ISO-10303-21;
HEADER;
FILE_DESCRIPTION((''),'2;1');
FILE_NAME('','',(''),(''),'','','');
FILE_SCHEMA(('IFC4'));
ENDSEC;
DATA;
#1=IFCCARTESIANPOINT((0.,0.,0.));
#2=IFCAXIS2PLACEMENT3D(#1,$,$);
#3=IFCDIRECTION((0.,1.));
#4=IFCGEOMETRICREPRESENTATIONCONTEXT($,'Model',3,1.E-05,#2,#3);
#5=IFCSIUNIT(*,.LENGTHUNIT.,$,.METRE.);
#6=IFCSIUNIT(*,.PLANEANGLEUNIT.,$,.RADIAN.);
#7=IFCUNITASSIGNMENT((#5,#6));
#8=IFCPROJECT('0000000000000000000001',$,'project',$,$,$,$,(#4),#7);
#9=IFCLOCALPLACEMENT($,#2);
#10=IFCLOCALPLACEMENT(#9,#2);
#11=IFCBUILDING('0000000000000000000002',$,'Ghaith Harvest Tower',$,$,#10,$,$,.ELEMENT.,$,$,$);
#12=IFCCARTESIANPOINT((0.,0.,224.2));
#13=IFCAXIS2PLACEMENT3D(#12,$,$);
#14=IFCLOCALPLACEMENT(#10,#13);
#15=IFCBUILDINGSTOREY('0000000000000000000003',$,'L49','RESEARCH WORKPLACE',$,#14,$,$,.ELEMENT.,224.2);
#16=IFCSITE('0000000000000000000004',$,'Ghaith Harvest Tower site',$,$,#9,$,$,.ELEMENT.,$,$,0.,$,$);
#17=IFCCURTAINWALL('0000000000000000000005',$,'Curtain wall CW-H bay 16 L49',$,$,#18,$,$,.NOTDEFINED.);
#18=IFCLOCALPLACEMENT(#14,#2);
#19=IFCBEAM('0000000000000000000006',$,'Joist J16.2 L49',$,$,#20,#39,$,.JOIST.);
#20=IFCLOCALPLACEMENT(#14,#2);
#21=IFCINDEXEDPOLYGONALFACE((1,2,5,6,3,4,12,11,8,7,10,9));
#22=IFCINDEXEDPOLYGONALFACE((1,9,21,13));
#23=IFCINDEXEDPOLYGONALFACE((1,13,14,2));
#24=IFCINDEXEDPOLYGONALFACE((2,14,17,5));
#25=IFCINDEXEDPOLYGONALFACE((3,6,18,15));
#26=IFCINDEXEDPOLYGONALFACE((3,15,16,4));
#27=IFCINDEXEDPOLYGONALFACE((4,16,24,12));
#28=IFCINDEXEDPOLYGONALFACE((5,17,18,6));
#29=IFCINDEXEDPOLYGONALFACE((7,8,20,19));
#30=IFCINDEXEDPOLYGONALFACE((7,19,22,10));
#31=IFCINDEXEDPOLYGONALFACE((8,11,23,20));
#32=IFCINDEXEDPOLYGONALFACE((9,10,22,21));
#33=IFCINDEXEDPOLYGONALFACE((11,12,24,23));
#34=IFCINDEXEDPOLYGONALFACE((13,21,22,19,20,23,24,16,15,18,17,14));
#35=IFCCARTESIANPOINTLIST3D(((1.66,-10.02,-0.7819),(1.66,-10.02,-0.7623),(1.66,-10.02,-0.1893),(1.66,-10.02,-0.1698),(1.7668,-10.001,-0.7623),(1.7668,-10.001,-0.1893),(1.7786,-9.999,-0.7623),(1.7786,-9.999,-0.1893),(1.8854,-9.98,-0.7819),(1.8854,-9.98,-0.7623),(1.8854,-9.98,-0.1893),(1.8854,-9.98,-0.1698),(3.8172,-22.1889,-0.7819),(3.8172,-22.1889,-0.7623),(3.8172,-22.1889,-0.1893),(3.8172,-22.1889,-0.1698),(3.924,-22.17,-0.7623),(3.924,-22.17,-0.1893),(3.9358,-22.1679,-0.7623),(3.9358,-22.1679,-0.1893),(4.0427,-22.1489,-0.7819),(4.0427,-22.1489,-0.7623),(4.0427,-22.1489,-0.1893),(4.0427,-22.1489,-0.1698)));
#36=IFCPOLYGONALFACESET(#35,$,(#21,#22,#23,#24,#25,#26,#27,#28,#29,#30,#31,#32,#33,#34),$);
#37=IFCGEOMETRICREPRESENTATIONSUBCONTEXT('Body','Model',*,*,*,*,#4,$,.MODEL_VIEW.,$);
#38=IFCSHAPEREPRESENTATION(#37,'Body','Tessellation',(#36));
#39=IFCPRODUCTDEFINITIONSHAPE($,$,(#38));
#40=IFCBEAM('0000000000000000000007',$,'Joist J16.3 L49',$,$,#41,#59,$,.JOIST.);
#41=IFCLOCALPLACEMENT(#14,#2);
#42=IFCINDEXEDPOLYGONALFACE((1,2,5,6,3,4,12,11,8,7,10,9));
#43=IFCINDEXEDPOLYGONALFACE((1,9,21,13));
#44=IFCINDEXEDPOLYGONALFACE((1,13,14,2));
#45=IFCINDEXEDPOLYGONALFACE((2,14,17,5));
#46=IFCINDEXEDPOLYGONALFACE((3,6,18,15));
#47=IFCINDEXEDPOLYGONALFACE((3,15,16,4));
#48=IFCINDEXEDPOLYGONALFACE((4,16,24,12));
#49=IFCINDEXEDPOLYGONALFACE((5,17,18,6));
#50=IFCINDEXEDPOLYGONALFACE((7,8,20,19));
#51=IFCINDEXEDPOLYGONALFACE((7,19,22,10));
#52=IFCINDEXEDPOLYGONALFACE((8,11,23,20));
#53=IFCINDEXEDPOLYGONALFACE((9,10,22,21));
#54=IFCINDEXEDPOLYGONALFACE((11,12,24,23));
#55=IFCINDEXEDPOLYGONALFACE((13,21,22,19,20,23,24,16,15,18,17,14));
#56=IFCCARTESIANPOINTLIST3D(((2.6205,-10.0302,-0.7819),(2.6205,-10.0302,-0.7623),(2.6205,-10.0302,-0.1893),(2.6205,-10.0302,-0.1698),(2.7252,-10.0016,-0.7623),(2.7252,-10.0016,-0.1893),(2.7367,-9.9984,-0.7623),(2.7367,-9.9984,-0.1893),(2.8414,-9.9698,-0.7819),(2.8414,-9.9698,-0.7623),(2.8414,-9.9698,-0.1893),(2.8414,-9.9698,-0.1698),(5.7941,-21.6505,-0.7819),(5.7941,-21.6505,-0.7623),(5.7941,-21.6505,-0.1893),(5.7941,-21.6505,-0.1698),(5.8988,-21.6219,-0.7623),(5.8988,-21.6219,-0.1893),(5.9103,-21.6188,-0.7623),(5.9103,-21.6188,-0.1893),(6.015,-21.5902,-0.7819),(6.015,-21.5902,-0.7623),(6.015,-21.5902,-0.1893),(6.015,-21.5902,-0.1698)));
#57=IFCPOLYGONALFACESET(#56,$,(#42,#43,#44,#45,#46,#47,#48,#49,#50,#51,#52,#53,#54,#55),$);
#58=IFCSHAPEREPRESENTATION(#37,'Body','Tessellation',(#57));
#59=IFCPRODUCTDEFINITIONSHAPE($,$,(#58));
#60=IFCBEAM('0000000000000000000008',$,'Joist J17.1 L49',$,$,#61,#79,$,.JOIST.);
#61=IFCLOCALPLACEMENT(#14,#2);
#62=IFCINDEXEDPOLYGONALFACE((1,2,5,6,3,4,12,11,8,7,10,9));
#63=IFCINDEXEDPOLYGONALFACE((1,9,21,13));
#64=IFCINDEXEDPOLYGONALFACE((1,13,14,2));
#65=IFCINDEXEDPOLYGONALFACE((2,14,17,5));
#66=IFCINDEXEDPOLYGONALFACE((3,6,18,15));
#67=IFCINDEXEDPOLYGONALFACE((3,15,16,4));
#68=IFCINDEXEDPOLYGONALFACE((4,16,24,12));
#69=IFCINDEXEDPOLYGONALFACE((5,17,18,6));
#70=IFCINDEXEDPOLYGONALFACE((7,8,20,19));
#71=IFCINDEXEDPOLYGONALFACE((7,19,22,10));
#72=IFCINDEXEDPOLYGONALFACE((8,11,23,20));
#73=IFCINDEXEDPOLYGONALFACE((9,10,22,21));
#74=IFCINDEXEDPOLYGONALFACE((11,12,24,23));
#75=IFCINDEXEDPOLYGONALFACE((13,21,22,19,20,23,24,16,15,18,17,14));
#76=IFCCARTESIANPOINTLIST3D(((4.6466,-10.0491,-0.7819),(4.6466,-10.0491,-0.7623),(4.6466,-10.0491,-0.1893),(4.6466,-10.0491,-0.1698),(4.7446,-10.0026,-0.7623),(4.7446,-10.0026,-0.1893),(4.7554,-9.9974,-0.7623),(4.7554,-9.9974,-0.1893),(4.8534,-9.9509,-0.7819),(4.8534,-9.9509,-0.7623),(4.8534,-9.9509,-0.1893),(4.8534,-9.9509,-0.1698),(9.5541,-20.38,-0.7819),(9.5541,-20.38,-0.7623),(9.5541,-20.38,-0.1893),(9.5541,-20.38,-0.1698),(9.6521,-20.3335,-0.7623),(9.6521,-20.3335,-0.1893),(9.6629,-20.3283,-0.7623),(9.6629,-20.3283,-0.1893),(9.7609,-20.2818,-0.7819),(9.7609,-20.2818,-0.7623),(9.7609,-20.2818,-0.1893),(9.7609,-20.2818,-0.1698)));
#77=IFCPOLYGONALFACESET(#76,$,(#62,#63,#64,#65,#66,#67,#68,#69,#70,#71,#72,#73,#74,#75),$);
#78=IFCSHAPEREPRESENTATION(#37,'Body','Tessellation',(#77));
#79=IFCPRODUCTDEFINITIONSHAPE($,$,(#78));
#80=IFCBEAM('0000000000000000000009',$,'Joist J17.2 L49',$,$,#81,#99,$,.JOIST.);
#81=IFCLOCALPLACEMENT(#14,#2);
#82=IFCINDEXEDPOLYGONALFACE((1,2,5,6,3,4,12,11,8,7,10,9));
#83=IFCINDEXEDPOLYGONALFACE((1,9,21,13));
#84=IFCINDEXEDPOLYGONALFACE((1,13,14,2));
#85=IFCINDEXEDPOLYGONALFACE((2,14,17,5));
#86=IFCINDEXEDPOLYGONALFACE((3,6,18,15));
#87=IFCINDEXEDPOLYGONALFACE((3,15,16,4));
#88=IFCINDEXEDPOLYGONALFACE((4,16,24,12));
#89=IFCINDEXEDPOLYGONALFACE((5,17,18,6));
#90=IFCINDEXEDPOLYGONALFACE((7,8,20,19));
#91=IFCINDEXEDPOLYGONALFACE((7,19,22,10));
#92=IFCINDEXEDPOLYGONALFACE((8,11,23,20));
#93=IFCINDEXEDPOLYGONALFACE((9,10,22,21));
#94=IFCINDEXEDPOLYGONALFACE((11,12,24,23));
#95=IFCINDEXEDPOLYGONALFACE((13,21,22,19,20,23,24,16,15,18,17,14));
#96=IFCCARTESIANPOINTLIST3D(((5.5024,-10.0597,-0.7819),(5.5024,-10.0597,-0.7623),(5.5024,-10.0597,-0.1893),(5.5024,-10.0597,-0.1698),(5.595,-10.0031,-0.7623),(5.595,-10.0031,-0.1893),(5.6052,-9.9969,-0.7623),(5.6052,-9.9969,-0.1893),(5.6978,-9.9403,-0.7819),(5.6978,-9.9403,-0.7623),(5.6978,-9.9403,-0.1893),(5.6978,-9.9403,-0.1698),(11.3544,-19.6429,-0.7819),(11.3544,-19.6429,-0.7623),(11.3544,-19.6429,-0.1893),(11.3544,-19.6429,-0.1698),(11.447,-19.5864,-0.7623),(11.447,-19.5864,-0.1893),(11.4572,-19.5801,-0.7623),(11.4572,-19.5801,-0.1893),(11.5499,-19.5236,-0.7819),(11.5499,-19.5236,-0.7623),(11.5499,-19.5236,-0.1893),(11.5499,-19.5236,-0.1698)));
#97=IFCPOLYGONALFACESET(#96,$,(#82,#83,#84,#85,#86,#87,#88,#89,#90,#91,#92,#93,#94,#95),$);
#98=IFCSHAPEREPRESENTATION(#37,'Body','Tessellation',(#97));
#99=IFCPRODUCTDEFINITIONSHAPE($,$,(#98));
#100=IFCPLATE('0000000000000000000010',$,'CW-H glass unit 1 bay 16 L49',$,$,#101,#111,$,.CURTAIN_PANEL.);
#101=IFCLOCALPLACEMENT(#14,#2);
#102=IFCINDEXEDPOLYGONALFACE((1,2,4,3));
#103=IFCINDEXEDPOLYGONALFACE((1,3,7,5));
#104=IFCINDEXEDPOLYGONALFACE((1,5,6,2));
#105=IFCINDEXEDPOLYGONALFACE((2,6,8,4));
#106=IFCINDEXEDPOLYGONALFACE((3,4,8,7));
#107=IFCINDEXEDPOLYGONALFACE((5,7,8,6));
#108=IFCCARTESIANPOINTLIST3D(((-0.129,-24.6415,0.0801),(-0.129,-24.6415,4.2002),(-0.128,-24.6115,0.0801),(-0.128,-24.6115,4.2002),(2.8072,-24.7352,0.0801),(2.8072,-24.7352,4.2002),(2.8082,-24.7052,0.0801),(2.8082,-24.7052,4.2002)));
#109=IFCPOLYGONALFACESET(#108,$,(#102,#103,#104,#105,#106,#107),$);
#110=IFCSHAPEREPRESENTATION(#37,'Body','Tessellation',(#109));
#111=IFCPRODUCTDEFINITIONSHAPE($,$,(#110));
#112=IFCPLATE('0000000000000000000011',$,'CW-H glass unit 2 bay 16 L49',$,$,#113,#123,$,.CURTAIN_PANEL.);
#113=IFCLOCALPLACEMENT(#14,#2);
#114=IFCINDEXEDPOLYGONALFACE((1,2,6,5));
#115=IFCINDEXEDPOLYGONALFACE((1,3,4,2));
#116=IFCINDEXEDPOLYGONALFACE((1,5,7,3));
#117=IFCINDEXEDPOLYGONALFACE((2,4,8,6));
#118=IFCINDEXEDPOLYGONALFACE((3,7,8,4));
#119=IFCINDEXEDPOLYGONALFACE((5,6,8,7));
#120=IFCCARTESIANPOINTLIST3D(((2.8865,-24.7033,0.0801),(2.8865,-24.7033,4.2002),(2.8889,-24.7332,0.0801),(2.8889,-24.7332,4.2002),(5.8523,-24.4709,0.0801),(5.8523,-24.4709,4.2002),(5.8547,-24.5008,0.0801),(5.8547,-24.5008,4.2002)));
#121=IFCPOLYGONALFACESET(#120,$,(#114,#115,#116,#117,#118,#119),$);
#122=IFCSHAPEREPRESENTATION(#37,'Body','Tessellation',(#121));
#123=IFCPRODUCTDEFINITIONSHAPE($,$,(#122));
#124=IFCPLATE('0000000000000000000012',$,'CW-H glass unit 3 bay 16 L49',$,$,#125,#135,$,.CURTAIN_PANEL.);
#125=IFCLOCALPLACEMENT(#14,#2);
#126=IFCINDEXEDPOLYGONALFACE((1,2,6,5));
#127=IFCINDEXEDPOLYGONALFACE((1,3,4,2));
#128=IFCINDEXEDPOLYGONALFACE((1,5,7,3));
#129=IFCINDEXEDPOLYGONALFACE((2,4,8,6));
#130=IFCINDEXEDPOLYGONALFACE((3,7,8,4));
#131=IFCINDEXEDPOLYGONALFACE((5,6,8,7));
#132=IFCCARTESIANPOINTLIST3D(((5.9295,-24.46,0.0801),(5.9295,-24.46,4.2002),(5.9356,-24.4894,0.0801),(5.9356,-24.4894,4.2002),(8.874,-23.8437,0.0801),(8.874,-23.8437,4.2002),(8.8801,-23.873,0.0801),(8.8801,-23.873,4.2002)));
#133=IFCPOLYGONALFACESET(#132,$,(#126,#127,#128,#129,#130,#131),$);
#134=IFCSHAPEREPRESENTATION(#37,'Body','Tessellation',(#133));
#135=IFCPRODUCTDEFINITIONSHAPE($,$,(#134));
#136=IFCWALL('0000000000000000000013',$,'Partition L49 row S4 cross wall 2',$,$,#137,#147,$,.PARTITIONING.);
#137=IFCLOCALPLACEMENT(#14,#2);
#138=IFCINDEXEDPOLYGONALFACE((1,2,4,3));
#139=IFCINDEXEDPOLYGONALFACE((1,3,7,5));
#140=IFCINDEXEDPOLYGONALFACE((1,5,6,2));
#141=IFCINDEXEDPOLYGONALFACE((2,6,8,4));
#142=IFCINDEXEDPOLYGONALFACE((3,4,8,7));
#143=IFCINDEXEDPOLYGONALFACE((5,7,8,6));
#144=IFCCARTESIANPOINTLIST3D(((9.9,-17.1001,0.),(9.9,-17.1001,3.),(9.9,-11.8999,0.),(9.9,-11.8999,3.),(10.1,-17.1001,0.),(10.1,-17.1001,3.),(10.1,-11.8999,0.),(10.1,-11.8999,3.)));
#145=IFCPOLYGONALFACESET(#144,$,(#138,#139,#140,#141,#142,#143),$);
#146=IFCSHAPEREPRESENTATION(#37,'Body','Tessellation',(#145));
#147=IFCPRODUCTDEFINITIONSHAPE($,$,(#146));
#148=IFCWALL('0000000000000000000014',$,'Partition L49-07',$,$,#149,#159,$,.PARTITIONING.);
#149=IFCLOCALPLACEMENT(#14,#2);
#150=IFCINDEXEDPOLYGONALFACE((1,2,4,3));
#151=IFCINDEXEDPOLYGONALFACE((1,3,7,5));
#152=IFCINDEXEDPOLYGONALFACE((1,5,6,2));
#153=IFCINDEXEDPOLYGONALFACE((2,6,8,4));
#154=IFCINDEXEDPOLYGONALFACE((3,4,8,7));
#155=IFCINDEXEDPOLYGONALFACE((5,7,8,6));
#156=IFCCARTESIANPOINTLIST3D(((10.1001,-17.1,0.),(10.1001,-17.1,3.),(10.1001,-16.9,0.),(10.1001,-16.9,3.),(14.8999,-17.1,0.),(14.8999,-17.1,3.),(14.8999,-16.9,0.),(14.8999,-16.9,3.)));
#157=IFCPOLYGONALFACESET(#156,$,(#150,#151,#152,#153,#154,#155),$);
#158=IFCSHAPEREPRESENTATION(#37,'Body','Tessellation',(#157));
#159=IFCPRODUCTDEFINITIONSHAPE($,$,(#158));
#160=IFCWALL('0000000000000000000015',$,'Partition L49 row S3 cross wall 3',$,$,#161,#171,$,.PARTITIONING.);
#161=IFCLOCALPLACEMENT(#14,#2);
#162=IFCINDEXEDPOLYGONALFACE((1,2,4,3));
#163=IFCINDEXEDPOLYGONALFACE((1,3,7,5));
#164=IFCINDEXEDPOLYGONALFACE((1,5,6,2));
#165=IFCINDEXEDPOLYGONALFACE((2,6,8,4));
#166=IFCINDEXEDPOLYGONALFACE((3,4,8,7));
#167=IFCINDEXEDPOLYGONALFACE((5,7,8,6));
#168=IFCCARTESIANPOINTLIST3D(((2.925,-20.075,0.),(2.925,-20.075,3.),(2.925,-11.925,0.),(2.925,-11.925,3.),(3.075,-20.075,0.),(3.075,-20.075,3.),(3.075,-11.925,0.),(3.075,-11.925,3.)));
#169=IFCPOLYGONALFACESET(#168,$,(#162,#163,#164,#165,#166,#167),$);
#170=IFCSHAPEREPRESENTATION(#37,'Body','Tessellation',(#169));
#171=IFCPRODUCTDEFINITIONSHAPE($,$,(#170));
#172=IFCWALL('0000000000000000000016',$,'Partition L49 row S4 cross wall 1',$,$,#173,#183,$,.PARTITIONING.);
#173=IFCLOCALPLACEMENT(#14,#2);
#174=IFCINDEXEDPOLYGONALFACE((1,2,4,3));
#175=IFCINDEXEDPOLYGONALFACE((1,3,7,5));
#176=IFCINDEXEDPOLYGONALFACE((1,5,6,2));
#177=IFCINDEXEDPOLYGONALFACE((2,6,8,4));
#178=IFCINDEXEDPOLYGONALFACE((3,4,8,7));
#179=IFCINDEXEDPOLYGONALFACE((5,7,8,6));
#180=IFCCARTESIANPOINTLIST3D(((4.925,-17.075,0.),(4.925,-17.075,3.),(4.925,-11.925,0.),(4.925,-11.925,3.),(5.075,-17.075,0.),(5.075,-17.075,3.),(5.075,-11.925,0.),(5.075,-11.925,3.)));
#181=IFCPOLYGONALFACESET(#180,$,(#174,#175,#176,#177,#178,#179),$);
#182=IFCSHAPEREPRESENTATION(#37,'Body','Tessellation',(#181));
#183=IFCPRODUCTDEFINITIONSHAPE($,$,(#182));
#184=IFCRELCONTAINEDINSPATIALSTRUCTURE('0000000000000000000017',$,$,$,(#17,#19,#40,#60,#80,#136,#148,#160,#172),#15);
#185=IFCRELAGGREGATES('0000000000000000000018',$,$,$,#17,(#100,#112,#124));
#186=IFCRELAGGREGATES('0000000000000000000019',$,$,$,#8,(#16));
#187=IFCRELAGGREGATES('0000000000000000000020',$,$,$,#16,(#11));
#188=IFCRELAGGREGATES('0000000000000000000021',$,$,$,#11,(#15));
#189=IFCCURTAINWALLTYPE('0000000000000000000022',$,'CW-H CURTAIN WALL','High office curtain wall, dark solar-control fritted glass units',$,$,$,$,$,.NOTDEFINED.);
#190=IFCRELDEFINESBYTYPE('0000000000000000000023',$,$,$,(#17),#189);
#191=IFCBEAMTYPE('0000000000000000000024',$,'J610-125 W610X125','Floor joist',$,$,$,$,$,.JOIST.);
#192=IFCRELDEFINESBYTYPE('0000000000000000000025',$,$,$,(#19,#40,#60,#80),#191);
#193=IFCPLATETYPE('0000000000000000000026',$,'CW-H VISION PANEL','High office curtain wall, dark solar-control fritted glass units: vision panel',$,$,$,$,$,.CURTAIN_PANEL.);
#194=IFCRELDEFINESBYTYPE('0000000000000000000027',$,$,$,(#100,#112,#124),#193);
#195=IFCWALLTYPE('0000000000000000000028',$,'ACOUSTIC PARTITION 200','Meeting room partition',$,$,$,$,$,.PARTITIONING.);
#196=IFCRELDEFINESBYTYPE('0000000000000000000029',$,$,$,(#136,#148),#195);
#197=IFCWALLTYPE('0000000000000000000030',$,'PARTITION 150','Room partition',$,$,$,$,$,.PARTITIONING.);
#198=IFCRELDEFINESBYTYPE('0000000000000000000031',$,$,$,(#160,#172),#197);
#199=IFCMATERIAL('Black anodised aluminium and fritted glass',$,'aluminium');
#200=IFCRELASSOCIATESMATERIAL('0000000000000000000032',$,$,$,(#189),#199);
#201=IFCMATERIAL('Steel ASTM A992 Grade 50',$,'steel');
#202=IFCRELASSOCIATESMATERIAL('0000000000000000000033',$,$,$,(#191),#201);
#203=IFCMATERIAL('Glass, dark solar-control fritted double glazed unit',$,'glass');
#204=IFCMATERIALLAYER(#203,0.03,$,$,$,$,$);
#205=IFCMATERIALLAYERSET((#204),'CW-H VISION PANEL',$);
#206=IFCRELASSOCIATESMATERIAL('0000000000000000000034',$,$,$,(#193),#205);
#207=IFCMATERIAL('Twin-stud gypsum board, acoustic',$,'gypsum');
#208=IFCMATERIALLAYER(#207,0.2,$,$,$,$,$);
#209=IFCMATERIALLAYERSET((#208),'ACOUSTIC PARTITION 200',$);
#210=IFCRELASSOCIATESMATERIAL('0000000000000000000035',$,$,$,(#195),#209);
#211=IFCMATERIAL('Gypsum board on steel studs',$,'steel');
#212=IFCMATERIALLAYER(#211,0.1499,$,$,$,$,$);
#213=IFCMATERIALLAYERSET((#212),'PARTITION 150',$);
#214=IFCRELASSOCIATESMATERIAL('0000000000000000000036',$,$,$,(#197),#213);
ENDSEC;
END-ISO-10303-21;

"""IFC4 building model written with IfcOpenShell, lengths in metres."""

from ifc_helpers import new_model, si_unit, direction, frame, frame_2d, origin, origin_2d, place, context, subcontext, project, spatial, rectangle, i_section, extrude, material, layer, layer_set, material_profile, profile_set, type_object, element, aggregate, save


model = new_model("IFC4")

# Units and contexts
model_context = context("Model", 3, precision=1e-05, world=origin(), true_north=direction((0.0, 1.0)))
body_context = subcontext(model_context, "Body", "Model", "MODEL_VIEW")
ifc_project = project(units=[si_unit("LENGTHUNIT", "METRE"), si_unit("PLANEANGLEUNIT", "RADIAN")], contexts=[model_context])

# Site, building, storey
site_placement = place(None, origin())
site = spatial("IfcSite", under=ifc_project, at=site_placement, Name="Ghaith Harvest Tower site", CompositionType="ELEMENT", RefElevation=0.0)
building_placement = place(site_placement, origin())
building = spatial("IfcBuilding", under=site, at=building_placement, Name="Ghaith Harvest Tower", CompositionType="ELEMENT")
storey_placement = place(building_placement, frame((0.0, 0.0, 224.2)))
storey = spatial("IfcBuildingStorey", under=building, at=storey_placement, Name="L49", Description="RESEARCH WORKPLACE", CompositionType="ELEMENT", Elevation=224.2)

# Curtain wall
ifc_material_1 = material(Name="Black anodised aluminium and fritted glass", Category="aluminium")
curtain_wall_type = type_object("IfcCurtainWallType", Name="CW-H CURTAIN WALL", Description="High office curtain wall, dark solar-control fritted glass units", PredefinedType="NOTDEFINED", material=ifc_material_1)
curtain_wall_1_placement = place(storey_placement, origin())
curtain_wall_1 = element("IfcCurtainWall", 1, at=curtain_wall_1_placement, inside=storey, type_object=curtain_wall_type, Name="Curtain wall CW-H bay 16 L49", PredefinedType="NOTDEFINED")

# Beams
ifc_material_2 = material(Name="Steel ASTM A992 Grade 50", Category="steel")
ifc_material_profile_1 = material_profile(ifc_material_2, i_section(OverallWidth=0.229, OverallDepth=0.6121, WebThickness=0.012, FlangeThickness=0.0195, at=origin_2d()), Name="W610X125")
ifc_profile_set_1 = profile_set([ifc_material_profile_1], Name="Steel ASTM A992 Grade 50")
beam_type_1 = type_object("IfcBeamType", Name="J610-125 W610X125", Description="Floor joist", PredefinedType="JOIST", material=ifc_profile_set_1)
beam_1_placement = place(storey_placement, frame((1.7727, -10.0, -0.4758), z_axis=(0.174552, -0.984648, 0.0), x_axis=(0.984648, 0.174552, 0.0)))
element("IfcBeam", 2, at=beam_1_placement, inside=storey, type_object=beam_type_1, Name="Joist J16.2 L49", PredefinedType="JOIST", context=body_context, shape_type="SweptSolid", body=[
    extrude(i_section(OverallWidth=0.229, OverallDepth=0.6121, WebThickness=0.012, FlangeThickness=0.0195, at=origin_2d()), origin(), (0.0, 0.0, 1.0), 12.3586),
])
beam_2_placement = place(storey_placement, frame((2.731, -10.0, -0.4758), z_axis=(0.263457, -0.964671, 0.0), x_axis=(0.964671, 0.263457, 0.0)))
element("IfcBeam", 3, at=beam_2_placement, inside=storey, type_object=beam_type_1, Name="Joist J16.3 L49", PredefinedType="JOIST", context=body_context, shape_type="SweptSolid", body=[
    extrude(i_section(OverallWidth=0.229, OverallDepth=0.6121, WebThickness=0.012, FlangeThickness=0.0195, at=origin_2d()), origin(), (0.0, 0.0, 1.0), 12.0459),
])
beam_3_placement = place(storey_placement, frame((4.75, -10.0, -0.4758), z_axis=(0.429081, -0.903266, 0.0), x_axis=(0.903266, 0.429081, 0.0)))
element("IfcBeam", 4, at=beam_3_placement, inside=storey, type_object=beam_type_1, Name="Joist J17.1 L49", PredefinedType="JOIST", context=body_context, shape_type="SweptSolid", body=[
    extrude(i_section(OverallWidth=0.229, OverallDepth=0.6121, WebThickness=0.012, FlangeThickness=0.0195, at=origin_2d()), origin(), (0.0, 0.0, 1.0), 11.4373),
])
beam_4_placement = place(storey_placement, frame((5.6001, -10.0, -0.4758), z_axis=(0.521166, -0.853455, 0.0), x_axis=(0.853455, 0.521166, 0.0)))
element("IfcBeam", 5, at=beam_4_placement, inside=storey, type_object=beam_type_1, Name="Joist J17.2 L49", PredefinedType="JOIST", context=body_context, shape_type="SweptSolid", body=[
    extrude(i_section(OverallWidth=0.229, OverallDepth=0.6121, WebThickness=0.012, FlangeThickness=0.0195, at=origin_2d()), origin(), (0.0, 0.0, 1.0), 11.2288),
])

# Plates
ifc_material_3 = material(Name="Glass, dark solar-control fritted double glazed unit", Category="glass")
ifc_layer_1 = layer(ifc_material_3, 0.03)
ifc_layer_set_1 = layer_set([ifc_layer_1], Name="CW-H VISION PANEL")
plate_type = type_object("IfcPlateType", Name="CW-H VISION PANEL", Description="High office curtain wall, dark solar-control fritted glass units: vision panel", PredefinedType="CURTAIN_PANEL", material=ifc_layer_set_1)
plate_1_placement = place(storey_placement, frame((1.3396, -24.6733, 0.0801), z_axis=(0.0, 0.0, 1.0), x_axis=(0.999491, -0.031894, 0.0)))
plate_1 = element("IfcPlate", 6, at=plate_1_placement, type_object=plate_type, Name="CW-H glass unit 1 bay 16 L49", PredefinedType="CURTAIN_PANEL", context=body_context, shape_type="SweptSolid", body=[
    extrude(rectangle(XDim=2.9377, YDim=0.03, at=origin_2d()), origin(), (0.0, 0.0, 1.0), 4.1201),
])
plate_2_placement = place(storey_placement, frame((4.3706, -24.6021, 0.0801), z_axis=(0.0, 0.0, 1.0), x_axis=(0.996945, 0.078101, 0.0)))
plate_2 = element("IfcPlate", 7, at=plate_2_placement, type_object=plate_type, Name="CW-H glass unit 2 bay 16 L49", PredefinedType="CURTAIN_PANEL", context=body_context, shape_type="SweptSolid", body=[
    extrude(rectangle(XDim=2.9749, YDim=0.03, at=origin_2d()), origin(), (0.0, 0.0, 1.0), 4.1201),
])
plate_3_placement = place(storey_placement, frame((7.4048, -24.1665, 0.0801), z_axis=(0.0, 0.0, 1.0), x_axis=(0.978789, 0.204872, 0.0)))
plate_3 = element("IfcPlate", 8, at=plate_3_placement, type_object=plate_type, Name="CW-H glass unit 3 bay 16 L49", PredefinedType="CURTAIN_PANEL", context=body_context, shape_type="SweptSolid", body=[
    extrude(rectangle(XDim=3.0083, YDim=0.03, at=origin_2d()), origin(), (0.0, 0.0, 1.0), 4.1201),
])
aggregate(curtain_wall_1, [plate_1, plate_2, plate_3])

# Wall
ifc_material_4 = material(Name="Twin-stud gypsum board, acoustic", Category="gypsum")
ifc_layer_2 = layer(ifc_material_4, 0.2)
ifc_layer_set_2 = layer_set([ifc_layer_2], Name="ACOUSTIC PARTITION 200")
wall_type_1 = type_object("IfcWallType", Name="ACOUSTIC PARTITION 200", Description="Meeting room partition", PredefinedType="PARTITIONING", material=ifc_layer_set_2)
wall_1_placement = place(storey_placement, frame((10.0, -11.8999, 0.0), z_axis=(0.0, 0.0, 1.0), x_axis=(0.0, -1.0, 0.0)))
element("IfcWall", 9, at=wall_1_placement, inside=storey, type_object=wall_type_1, Name="Partition L49 row S4 cross wall 2", PredefinedType="PARTITIONING", context=body_context, shape_type="SweptSolid", body=[
    extrude(rectangle(XDim=5.2002, YDim=0.2, at=frame_2d((2.6001, 0.0))), origin(), (0.0, 0.0, 1.0), 3.0),
])

# Walls
wall_2_placement = place(storey_placement, frame((10.1001, -17.0, 0.0), z_axis=(0.0, 0.0, 1.0), x_axis=(1.0, 0.0, 0.0)))
element("IfcWall", 10, at=wall_2_placement, inside=storey, type_object=wall_type_1, Name="Partition L49-07", PredefinedType="PARTITIONING", context=body_context, shape_type="SweptSolid", body=[
    extrude(rectangle(XDim=4.7998, YDim=0.2, at=frame_2d((2.3999, 0.0))), origin(), (0.0, 0.0, 1.0), 3.0),
])
ifc_material_5 = material(Name="Gypsum board on steel studs", Category="steel")
ifc_layer_3 = layer(ifc_material_5, 0.1499)
ifc_layer_set_3 = layer_set([ifc_layer_3], Name="PARTITION 150")
wall_type_2 = type_object("IfcWallType", Name="PARTITION 150", Description="Room partition", PredefinedType="PARTITIONING", material=ifc_layer_set_3)
wall_3_placement = place(storey_placement, frame((3.0, -11.925, 0.0), z_axis=(0.0, 0.0, 1.0), x_axis=(0.0, -1.0, 0.0)))
element("IfcWall", 11, at=wall_3_placement, inside=storey, type_object=wall_type_2, Name="Partition L49 row S3 cross wall 3", PredefinedType="PARTITIONING", context=body_context, shape_type="SweptSolid", body=[
    extrude(rectangle(XDim=8.1499, YDim=0.1499, at=frame_2d((4.075, 0.0))), origin(), (0.0, 0.0, 1.0), 3.0),
])
wall_4_placement = place(storey_placement, frame((5.0, -11.925, 0.0), z_axis=(0.0, 0.0, 1.0), x_axis=(0.0, -1.0, 0.0)))
element("IfcWall", 12, at=wall_4_placement, inside=storey, type_object=wall_type_2, Name="Partition L49 row S4 cross wall 1", PredefinedType="PARTITIONING", context=body_context, shape_type="SweptSolid", body=[
    extrude(rectangle(XDim=5.1499, YDim=0.1499, at=frame_2d((2.575, 0.0))), origin(), (0.0, 0.0, 1.0), 3.0),
])

save(model, "model.ifc")
